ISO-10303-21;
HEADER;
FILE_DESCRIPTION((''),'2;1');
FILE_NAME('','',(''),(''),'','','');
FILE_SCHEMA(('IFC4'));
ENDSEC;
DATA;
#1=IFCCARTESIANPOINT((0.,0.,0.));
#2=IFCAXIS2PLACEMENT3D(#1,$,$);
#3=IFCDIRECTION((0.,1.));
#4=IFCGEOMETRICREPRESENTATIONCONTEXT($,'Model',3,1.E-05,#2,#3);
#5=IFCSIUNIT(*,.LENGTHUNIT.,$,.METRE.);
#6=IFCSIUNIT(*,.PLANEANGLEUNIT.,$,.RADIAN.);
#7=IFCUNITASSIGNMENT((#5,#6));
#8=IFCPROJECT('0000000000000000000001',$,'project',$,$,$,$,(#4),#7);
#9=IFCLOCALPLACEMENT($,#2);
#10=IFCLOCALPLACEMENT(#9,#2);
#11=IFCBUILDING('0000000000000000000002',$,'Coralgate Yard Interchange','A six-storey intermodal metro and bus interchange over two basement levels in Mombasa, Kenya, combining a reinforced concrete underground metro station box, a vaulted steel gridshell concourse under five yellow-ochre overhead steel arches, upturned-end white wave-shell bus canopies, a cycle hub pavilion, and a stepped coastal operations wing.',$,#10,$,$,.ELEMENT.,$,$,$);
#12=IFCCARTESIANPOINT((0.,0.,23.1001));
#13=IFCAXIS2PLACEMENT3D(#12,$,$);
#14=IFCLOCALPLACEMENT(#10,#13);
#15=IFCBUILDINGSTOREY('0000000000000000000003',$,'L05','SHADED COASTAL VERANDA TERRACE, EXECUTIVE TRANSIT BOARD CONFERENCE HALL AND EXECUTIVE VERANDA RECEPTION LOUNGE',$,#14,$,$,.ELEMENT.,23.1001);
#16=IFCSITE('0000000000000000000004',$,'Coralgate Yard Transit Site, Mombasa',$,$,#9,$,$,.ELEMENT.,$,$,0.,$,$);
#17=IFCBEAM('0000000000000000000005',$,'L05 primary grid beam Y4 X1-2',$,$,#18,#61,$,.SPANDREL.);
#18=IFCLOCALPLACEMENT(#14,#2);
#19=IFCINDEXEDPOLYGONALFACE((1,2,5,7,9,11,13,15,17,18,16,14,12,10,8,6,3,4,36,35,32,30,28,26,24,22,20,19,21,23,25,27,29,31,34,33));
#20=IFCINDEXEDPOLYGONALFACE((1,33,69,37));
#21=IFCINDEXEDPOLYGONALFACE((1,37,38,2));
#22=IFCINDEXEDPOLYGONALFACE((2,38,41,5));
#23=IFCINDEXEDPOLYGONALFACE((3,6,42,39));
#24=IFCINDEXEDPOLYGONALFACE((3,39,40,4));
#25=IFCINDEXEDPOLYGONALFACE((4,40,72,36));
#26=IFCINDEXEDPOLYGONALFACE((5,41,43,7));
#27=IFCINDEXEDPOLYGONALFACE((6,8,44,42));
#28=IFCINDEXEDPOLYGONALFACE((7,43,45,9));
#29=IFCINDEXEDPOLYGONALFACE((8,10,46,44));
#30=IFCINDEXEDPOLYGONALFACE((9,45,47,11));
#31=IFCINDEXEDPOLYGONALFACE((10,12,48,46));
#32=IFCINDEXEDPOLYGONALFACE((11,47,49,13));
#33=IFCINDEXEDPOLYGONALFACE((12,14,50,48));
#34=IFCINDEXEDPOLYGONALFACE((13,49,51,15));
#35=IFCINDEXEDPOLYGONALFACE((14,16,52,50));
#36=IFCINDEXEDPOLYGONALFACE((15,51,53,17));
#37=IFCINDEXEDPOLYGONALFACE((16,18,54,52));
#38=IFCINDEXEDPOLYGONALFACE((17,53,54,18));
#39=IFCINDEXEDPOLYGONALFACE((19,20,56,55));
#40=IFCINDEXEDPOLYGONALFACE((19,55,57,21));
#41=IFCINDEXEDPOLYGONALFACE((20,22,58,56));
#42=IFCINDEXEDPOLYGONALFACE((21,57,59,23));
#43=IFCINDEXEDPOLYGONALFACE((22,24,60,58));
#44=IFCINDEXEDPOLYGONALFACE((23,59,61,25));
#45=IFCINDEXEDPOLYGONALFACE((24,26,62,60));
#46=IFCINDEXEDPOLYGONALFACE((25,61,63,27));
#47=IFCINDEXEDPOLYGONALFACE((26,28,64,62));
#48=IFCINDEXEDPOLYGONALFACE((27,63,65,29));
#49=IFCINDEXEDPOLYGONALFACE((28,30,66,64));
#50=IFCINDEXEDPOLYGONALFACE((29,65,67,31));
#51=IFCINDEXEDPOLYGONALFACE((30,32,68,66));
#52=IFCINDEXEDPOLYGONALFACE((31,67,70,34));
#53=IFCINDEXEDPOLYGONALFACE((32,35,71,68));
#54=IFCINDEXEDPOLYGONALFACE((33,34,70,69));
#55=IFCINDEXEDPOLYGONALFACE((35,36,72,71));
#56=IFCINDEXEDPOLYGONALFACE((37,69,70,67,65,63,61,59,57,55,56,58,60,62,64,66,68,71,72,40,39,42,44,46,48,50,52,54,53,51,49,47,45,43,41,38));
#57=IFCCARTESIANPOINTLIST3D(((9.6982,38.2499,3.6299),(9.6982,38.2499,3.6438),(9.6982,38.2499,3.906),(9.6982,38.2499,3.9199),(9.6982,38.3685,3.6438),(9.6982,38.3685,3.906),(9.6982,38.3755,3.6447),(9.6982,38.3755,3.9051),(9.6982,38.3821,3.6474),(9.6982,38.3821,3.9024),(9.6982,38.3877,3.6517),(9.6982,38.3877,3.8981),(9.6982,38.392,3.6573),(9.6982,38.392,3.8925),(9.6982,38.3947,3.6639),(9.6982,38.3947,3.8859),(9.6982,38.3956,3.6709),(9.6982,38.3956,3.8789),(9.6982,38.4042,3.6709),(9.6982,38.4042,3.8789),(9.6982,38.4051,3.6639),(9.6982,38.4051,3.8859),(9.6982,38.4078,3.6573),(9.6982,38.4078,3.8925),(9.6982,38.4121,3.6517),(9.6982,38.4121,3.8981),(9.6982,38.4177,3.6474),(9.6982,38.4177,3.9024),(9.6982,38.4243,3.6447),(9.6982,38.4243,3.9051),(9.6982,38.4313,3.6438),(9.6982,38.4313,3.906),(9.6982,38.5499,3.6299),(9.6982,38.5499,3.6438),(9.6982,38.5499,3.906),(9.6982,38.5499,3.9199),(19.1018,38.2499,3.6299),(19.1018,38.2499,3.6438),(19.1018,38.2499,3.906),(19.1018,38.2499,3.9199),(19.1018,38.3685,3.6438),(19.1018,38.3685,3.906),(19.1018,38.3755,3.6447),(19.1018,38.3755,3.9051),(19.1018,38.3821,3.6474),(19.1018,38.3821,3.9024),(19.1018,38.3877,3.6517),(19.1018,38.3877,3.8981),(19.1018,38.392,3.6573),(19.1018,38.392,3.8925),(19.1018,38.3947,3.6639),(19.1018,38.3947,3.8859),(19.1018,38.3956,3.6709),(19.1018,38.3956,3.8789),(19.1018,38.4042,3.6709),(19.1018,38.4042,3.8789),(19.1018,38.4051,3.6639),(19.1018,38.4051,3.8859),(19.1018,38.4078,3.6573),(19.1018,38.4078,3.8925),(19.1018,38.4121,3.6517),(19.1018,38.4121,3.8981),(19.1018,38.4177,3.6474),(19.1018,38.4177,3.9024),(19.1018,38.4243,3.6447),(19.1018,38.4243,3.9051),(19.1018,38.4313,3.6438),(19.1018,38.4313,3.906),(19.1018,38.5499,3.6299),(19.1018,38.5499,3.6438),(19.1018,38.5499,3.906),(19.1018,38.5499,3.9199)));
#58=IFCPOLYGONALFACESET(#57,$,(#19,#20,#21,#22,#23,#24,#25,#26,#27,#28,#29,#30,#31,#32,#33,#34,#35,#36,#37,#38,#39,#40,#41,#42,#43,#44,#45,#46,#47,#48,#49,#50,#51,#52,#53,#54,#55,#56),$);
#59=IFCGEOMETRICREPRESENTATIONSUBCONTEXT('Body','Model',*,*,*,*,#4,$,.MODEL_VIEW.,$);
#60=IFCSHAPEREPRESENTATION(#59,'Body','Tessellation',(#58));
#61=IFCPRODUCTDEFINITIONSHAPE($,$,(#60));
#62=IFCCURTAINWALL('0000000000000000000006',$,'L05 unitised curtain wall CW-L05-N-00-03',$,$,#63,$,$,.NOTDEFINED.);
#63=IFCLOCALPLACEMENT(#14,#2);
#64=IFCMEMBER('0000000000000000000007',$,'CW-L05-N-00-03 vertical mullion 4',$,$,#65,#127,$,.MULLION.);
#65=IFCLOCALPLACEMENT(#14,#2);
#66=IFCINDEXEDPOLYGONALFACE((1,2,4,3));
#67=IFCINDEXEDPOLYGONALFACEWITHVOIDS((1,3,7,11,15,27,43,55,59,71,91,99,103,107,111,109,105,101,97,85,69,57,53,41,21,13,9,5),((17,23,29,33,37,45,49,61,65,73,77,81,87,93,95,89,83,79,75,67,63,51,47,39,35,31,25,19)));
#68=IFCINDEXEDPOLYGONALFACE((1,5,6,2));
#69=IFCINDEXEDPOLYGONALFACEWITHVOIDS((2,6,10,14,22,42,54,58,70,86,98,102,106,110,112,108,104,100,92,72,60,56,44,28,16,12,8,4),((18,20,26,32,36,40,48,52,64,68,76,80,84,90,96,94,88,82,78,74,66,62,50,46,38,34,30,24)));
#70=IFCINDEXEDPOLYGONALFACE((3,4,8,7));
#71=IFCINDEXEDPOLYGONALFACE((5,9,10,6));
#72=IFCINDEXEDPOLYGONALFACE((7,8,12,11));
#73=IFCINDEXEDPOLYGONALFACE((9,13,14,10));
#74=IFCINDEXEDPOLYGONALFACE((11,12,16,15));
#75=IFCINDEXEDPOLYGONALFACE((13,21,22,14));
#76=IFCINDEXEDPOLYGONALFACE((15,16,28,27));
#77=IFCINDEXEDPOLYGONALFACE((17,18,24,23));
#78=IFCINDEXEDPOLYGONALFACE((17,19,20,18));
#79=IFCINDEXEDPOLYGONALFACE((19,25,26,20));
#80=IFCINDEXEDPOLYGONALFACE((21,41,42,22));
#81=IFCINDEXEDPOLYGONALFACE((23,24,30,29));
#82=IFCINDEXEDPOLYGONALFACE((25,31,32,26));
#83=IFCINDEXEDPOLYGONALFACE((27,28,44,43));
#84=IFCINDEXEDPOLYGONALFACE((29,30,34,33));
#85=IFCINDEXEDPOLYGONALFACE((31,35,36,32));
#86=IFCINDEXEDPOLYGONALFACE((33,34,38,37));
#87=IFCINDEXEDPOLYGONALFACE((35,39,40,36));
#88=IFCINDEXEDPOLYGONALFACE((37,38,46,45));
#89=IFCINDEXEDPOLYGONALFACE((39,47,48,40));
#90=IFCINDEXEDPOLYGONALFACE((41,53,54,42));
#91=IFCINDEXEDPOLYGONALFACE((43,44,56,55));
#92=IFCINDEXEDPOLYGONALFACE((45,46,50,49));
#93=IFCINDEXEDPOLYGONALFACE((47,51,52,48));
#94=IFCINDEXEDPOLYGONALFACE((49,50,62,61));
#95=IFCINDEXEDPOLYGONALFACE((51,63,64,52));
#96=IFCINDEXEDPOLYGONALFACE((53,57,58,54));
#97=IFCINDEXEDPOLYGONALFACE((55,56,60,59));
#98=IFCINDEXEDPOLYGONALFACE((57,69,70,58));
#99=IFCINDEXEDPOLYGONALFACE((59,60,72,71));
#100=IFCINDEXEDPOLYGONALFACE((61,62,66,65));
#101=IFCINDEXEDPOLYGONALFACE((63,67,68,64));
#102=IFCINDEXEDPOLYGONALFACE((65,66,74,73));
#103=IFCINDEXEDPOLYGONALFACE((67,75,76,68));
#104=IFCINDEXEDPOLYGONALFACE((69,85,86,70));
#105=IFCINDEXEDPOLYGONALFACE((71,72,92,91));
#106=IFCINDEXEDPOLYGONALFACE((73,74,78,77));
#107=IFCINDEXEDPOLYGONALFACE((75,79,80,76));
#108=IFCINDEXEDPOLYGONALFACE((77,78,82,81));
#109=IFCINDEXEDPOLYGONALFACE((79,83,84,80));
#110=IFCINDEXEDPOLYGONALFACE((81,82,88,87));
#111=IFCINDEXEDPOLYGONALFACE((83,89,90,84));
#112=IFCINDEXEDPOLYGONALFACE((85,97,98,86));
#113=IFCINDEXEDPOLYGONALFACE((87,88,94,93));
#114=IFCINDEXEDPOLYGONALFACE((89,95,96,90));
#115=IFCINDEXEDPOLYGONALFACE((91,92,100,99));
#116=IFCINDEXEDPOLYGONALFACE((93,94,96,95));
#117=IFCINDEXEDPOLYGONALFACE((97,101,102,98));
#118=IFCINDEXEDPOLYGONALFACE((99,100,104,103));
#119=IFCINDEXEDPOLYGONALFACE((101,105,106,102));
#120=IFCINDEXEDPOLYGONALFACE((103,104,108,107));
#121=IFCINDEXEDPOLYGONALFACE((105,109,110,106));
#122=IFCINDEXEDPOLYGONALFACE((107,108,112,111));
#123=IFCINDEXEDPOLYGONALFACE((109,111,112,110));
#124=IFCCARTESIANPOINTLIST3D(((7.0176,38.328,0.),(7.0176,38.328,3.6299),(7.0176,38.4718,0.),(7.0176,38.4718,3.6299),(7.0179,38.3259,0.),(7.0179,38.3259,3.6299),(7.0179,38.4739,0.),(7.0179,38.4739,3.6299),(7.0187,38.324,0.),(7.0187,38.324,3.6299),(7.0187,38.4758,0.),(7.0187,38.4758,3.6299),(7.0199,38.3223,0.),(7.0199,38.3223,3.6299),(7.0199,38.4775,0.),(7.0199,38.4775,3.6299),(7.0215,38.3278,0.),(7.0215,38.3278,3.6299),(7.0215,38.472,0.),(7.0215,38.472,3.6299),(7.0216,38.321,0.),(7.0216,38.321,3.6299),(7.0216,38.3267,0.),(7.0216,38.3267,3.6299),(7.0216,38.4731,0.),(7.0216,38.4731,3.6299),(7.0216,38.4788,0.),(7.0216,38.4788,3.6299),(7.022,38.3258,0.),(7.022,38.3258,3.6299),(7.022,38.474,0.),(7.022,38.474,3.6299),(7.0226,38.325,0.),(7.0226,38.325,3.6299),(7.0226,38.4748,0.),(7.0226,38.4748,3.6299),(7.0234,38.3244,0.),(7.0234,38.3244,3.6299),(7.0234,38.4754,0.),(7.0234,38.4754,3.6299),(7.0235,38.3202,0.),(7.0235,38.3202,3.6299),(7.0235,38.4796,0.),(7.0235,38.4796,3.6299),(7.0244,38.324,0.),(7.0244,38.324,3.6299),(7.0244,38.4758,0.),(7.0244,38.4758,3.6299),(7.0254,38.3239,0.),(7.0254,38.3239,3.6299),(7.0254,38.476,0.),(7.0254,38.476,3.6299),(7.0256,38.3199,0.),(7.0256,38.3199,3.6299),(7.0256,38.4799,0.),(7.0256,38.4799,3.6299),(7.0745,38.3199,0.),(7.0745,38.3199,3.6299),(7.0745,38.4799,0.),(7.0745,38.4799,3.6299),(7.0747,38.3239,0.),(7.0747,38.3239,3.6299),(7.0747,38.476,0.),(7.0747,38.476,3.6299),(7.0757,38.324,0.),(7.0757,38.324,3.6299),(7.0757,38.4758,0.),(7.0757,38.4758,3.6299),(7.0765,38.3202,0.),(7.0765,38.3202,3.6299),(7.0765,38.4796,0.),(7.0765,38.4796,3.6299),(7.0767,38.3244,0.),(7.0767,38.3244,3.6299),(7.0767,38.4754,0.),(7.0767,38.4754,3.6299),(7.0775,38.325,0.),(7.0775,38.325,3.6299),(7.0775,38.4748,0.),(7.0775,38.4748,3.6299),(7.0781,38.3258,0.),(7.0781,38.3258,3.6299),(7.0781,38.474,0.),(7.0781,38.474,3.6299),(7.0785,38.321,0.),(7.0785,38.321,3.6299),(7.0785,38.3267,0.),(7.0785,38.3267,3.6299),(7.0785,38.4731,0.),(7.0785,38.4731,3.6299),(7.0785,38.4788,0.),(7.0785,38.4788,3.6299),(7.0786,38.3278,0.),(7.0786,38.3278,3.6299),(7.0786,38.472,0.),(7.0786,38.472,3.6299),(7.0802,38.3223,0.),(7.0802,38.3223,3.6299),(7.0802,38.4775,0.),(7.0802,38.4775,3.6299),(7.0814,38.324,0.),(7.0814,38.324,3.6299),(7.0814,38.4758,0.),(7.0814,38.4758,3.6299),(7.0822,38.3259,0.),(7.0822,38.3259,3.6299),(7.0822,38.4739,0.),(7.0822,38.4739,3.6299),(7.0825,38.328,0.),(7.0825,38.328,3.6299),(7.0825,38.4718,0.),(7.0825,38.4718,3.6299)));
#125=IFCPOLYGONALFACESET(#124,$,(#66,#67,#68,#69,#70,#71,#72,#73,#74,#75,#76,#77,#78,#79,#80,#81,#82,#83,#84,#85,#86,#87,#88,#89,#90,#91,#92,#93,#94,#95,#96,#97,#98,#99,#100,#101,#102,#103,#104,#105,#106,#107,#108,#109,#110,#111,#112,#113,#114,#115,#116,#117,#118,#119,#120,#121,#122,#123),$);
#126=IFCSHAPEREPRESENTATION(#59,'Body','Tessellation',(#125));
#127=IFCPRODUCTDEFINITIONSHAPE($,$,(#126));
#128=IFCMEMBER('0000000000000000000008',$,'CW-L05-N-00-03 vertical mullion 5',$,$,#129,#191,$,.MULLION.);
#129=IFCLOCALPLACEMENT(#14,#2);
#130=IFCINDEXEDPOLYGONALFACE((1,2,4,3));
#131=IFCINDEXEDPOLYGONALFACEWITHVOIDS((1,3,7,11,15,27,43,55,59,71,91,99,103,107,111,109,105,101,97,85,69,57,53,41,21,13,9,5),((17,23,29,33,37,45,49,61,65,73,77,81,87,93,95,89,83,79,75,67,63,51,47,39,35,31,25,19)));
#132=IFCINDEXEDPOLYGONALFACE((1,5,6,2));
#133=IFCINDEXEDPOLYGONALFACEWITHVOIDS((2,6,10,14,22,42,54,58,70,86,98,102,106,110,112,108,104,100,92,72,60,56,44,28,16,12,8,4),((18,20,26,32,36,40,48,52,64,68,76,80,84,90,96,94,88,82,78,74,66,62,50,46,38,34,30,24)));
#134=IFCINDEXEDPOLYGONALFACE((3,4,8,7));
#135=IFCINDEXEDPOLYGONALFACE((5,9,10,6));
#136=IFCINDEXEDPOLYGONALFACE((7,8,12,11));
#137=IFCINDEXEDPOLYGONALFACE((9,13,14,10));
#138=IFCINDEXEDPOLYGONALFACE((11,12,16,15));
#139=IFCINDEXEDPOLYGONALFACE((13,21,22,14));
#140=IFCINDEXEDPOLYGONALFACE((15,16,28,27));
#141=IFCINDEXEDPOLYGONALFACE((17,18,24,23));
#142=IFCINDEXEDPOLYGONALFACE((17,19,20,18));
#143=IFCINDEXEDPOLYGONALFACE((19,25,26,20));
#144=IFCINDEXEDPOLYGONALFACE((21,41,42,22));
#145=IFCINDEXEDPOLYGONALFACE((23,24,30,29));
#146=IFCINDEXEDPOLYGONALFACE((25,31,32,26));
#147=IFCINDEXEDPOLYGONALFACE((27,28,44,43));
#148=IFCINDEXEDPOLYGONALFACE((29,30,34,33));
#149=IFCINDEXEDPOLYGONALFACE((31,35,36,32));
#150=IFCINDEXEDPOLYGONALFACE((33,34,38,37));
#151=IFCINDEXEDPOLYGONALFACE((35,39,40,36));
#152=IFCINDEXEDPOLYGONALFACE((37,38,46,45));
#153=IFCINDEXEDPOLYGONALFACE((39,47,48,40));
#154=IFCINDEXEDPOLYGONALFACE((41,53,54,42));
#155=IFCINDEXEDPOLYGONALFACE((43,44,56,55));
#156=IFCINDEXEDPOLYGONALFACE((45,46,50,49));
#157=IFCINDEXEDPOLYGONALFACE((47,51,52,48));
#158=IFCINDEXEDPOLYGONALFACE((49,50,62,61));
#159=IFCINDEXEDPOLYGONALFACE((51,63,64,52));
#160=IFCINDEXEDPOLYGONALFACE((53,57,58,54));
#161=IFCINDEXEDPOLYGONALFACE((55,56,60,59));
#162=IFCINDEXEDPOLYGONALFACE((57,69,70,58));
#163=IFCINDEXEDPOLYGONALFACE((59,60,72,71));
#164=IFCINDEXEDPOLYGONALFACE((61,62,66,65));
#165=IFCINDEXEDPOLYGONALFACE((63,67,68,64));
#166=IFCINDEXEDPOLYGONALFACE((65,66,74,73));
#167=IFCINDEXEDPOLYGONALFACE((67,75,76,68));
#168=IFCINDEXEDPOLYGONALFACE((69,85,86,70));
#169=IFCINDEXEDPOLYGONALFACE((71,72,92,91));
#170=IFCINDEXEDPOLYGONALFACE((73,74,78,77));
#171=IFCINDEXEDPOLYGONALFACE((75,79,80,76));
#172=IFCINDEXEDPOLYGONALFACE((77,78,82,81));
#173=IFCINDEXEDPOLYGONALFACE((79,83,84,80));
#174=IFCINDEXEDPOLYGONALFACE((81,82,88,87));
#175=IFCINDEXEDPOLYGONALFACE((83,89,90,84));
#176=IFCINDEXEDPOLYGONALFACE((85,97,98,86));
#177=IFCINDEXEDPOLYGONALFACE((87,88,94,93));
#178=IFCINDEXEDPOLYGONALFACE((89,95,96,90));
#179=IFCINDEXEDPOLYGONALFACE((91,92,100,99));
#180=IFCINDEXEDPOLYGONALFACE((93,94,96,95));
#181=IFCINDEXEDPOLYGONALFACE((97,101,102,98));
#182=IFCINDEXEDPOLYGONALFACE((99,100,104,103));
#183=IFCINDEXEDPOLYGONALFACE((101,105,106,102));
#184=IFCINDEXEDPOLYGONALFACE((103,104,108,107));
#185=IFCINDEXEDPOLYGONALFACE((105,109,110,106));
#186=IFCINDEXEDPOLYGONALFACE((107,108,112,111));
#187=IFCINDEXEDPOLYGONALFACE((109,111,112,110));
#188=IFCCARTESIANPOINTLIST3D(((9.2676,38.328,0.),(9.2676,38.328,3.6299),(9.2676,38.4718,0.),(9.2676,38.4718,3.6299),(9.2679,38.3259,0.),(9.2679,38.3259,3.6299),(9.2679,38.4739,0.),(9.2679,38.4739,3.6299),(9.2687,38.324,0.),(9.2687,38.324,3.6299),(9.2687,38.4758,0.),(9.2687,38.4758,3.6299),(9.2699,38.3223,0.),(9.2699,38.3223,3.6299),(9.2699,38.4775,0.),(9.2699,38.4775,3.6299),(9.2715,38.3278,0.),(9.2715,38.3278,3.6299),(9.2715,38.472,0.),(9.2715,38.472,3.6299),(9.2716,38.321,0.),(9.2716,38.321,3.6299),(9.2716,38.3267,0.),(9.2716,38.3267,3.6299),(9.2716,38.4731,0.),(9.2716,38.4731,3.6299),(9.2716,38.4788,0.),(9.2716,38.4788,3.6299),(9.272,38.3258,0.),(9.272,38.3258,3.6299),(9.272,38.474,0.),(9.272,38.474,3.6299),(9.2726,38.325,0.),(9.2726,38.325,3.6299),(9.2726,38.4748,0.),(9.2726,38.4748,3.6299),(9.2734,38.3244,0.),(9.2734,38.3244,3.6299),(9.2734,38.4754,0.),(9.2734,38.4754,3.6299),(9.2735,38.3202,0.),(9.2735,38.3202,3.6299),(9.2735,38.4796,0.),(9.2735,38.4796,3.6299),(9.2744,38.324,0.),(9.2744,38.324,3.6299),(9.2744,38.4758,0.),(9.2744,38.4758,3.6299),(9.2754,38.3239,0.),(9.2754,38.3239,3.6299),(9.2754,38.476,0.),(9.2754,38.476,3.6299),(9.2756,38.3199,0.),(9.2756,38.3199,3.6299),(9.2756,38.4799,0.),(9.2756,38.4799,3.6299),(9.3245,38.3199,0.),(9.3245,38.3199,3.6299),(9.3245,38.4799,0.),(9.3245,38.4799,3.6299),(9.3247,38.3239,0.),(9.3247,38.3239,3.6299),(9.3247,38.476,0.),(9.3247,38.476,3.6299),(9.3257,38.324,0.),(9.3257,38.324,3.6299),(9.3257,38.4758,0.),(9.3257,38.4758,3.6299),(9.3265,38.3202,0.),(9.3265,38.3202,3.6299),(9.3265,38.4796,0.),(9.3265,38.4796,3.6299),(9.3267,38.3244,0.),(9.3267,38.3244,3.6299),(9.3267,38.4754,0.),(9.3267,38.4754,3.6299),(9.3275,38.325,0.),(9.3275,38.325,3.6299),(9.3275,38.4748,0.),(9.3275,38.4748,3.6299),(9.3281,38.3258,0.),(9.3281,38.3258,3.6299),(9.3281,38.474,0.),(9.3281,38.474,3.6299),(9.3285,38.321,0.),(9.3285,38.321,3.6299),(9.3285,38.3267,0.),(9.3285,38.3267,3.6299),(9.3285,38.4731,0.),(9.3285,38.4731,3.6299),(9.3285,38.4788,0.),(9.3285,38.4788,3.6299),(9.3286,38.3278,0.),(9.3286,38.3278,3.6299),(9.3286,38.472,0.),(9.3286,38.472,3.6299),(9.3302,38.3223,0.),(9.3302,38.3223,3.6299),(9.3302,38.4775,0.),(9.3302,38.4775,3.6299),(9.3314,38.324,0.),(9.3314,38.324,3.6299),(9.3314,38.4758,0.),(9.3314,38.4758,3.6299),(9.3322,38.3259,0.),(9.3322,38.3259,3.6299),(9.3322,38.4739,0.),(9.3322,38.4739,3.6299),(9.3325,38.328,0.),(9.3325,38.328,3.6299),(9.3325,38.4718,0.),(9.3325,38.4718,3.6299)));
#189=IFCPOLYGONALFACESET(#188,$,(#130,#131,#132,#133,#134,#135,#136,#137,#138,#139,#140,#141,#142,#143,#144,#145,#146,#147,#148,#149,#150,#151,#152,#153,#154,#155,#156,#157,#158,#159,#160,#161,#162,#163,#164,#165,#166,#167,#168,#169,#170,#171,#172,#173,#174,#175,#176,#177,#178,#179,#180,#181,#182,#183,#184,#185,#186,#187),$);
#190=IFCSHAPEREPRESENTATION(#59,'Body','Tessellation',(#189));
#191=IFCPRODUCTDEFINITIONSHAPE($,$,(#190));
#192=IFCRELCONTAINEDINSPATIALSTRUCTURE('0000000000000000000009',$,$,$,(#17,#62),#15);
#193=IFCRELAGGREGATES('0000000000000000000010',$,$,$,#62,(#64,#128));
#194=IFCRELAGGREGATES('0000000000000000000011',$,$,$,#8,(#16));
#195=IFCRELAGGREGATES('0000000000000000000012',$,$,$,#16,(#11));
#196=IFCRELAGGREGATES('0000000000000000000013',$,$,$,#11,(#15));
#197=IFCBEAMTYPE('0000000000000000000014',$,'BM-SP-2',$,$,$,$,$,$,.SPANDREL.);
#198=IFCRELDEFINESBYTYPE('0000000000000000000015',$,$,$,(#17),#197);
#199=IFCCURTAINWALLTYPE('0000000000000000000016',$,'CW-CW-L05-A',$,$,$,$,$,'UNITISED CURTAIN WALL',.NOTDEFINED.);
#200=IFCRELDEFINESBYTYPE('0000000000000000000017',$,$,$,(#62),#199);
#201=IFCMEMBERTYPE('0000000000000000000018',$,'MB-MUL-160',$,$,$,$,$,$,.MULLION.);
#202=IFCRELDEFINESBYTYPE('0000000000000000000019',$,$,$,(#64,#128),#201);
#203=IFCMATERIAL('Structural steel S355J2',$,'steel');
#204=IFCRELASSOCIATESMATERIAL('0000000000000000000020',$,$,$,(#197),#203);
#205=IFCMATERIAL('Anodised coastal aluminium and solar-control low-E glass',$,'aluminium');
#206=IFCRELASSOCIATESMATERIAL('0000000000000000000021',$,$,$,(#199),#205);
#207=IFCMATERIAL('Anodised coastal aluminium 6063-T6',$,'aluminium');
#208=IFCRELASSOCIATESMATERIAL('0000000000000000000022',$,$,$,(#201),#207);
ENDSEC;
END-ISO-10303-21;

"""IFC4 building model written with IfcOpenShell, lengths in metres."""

from ifc_helpers import new_model, si_unit, direction, frame, origin, origin_2d, place, context, subcontext, project, spatial, hollow_rectangle, i_section, extrude, material, material_profile, profile_set, type_object, element, aggregate, save


model = new_model("IFC4")

# Units and contexts
model_context = context("Model", 3, precision=1e-05, world=origin(), true_north=direction((0.0, 1.0)))
body_context = subcontext(model_context, "Body", "Model", "MODEL_VIEW")
ifc_project = project(units=[si_unit("LENGTHUNIT", "METRE"), si_unit("PLANEANGLEUNIT", "RADIAN")], contexts=[model_context])

# Site, building, storey
site_placement = place(None, origin())
site = spatial("IfcSite", under=ifc_project, at=site_placement, Name="Coralgate Yard Transit Site, Mombasa", CompositionType="ELEMENT", RefElevation=0.0)
building_placement = place(site_placement, origin())
building = spatial("IfcBuilding", under=site, at=building_placement, Name="Coralgate Yard Interchange", Description="A six-storey intermodal metro and bus interchange over two basement levels in Mombasa, Kenya, combining a reinforced concrete underground metro station box, a vaulted steel gridshell concourse under five yellow-ochre overhead steel arches, upturned-end white wave-shell bus canopies, a cycle hub pavilion, and a stepped coastal operations wing.", CompositionType="ELEMENT")
storey_placement = place(building_placement, frame((0.0, 0.0, 23.1001)))
storey = spatial("IfcBuildingStorey", under=building, at=storey_placement, Name="L05", Description="SHADED COASTAL VERANDA TERRACE, EXECUTIVE TRANSIT BOARD CONFERENCE HALL AND EXECUTIVE VERANDA RECEPTION LOUNGE", CompositionType="ELEMENT", Elevation=23.1001)

# Shared definitions
ifc_material_1 = material(Name="Structural steel S355J2", Category="steel")

# Beam
ifc_material_profile_1 = material_profile(ifc_material_1, i_section(OverallWidth=0.3, OverallDepth=0.29, WebThickness=0.0085, FlangeThickness=0.0139, FilletRadius=0.0271, at=origin_2d()), Name="HEA 300")
ifc_profile_set_1 = profile_set([ifc_material_profile_1], Name="Structural steel S355J2")
beam_type_1 = type_object("IfcBeamType", Name="BM-SP-2", PredefinedType="SPANDREL", material=ifc_profile_set_1)
beam_placement = place(storey_placement, frame((9.6982, 38.3999, 3.7749), z_axis=(1.0, 0.0, 0.0), x_axis=(0.0, 1.0, 0.0)))
element("IfcBeam", 1, at=beam_placement, inside=storey, type_object=beam_type_1, Name="L05 primary grid beam Y4 X1-2", PredefinedType="SPANDREL", context=body_context, shape_type="SweptSolid", body=[
    extrude(i_section(OverallWidth=0.3, OverallDepth=0.29, WebThickness=0.0085, FlangeThickness=0.0139, FilletRadius=0.0271, at=origin_2d()), origin(), (0.0, 0.0, 1.0), 9.4036),
])

# Curtain wall, members
ifc_material_2 = material(Name="Anodised coastal aluminium and solar-control low-E glass", Category="aluminium")
curtain_wall_type = type_object("IfcCurtainWallType", Name="CW-CW-L05-A", ElementType="UNITISED CURTAIN WALL", PredefinedType="NOTDEFINED", material=ifc_material_2)
curtain_wall_placement = place(storey_placement, origin())
curtain_wall = element("IfcCurtainWall", 2, at=curtain_wall_placement, inside=storey, type_object=curtain_wall_type, Name="L05 unitised curtain wall CW-L05-N-00-03", PredefinedType="NOTDEFINED")
ifc_material_3 = material(Name="Anodised coastal aluminium 6063-T6", Category="aluminium")
ifc_material_profile_2 = material_profile(ifc_material_3, hollow_rectangle(XDim=0.0649, YDim=0.1599, WallThickness=0.0039, InnerFilletRadius=0.0039, OuterFilletRadius=0.0081, at=origin_2d()), Name="ALU 65x160x4")
ifc_profile_set_2 = profile_set([ifc_material_profile_2], Name="Anodised coastal aluminium 6063-T6")
member_type_1 = type_object("IfcMemberType", Name="MB-MUL-160", PredefinedType="MULLION", material=ifc_profile_set_2)
member_1_placement = place(storey_placement, frame((7.05, 38.3999, 0.0), z_axis=(0.0, 0.0, 1.0), x_axis=(1.0, 0.0, 0.0)))
member_1 = element("IfcMember", 3, at=member_1_placement, type_object=member_type_1, Name="CW-L05-N-00-03 vertical mullion 4", PredefinedType="MULLION", context=body_context, shape_type="SweptSolid", body=[
    extrude(hollow_rectangle(XDim=0.0649, YDim=0.1599, WallThickness=0.0039, InnerFilletRadius=0.0039, OuterFilletRadius=0.0081, at=origin_2d()), origin(), (0.0, 0.0, 1.0), 3.6299),
])
member_2_placement = place(storey_placement, frame((9.3, 38.3999, 0.0), z_axis=(0.0, 0.0, 1.0), x_axis=(1.0, 0.0, 0.0)))
member_2 = element("IfcMember", 4, at=member_2_placement, type_object=member_type_1, Name="CW-L05-N-00-03 vertical mullion 5", PredefinedType="MULLION", context=body_context, shape_type="SweptSolid", body=[
    extrude(hollow_rectangle(XDim=0.0649, YDim=0.1599, WallThickness=0.0039, InnerFilletRadius=0.0039, OuterFilletRadius=0.0081, at=origin_2d()), origin(), (0.0, 0.0, 1.0), 3.6299),
])
aggregate(curtain_wall, [member_1, member_2])

save(model, "model.ifc")
